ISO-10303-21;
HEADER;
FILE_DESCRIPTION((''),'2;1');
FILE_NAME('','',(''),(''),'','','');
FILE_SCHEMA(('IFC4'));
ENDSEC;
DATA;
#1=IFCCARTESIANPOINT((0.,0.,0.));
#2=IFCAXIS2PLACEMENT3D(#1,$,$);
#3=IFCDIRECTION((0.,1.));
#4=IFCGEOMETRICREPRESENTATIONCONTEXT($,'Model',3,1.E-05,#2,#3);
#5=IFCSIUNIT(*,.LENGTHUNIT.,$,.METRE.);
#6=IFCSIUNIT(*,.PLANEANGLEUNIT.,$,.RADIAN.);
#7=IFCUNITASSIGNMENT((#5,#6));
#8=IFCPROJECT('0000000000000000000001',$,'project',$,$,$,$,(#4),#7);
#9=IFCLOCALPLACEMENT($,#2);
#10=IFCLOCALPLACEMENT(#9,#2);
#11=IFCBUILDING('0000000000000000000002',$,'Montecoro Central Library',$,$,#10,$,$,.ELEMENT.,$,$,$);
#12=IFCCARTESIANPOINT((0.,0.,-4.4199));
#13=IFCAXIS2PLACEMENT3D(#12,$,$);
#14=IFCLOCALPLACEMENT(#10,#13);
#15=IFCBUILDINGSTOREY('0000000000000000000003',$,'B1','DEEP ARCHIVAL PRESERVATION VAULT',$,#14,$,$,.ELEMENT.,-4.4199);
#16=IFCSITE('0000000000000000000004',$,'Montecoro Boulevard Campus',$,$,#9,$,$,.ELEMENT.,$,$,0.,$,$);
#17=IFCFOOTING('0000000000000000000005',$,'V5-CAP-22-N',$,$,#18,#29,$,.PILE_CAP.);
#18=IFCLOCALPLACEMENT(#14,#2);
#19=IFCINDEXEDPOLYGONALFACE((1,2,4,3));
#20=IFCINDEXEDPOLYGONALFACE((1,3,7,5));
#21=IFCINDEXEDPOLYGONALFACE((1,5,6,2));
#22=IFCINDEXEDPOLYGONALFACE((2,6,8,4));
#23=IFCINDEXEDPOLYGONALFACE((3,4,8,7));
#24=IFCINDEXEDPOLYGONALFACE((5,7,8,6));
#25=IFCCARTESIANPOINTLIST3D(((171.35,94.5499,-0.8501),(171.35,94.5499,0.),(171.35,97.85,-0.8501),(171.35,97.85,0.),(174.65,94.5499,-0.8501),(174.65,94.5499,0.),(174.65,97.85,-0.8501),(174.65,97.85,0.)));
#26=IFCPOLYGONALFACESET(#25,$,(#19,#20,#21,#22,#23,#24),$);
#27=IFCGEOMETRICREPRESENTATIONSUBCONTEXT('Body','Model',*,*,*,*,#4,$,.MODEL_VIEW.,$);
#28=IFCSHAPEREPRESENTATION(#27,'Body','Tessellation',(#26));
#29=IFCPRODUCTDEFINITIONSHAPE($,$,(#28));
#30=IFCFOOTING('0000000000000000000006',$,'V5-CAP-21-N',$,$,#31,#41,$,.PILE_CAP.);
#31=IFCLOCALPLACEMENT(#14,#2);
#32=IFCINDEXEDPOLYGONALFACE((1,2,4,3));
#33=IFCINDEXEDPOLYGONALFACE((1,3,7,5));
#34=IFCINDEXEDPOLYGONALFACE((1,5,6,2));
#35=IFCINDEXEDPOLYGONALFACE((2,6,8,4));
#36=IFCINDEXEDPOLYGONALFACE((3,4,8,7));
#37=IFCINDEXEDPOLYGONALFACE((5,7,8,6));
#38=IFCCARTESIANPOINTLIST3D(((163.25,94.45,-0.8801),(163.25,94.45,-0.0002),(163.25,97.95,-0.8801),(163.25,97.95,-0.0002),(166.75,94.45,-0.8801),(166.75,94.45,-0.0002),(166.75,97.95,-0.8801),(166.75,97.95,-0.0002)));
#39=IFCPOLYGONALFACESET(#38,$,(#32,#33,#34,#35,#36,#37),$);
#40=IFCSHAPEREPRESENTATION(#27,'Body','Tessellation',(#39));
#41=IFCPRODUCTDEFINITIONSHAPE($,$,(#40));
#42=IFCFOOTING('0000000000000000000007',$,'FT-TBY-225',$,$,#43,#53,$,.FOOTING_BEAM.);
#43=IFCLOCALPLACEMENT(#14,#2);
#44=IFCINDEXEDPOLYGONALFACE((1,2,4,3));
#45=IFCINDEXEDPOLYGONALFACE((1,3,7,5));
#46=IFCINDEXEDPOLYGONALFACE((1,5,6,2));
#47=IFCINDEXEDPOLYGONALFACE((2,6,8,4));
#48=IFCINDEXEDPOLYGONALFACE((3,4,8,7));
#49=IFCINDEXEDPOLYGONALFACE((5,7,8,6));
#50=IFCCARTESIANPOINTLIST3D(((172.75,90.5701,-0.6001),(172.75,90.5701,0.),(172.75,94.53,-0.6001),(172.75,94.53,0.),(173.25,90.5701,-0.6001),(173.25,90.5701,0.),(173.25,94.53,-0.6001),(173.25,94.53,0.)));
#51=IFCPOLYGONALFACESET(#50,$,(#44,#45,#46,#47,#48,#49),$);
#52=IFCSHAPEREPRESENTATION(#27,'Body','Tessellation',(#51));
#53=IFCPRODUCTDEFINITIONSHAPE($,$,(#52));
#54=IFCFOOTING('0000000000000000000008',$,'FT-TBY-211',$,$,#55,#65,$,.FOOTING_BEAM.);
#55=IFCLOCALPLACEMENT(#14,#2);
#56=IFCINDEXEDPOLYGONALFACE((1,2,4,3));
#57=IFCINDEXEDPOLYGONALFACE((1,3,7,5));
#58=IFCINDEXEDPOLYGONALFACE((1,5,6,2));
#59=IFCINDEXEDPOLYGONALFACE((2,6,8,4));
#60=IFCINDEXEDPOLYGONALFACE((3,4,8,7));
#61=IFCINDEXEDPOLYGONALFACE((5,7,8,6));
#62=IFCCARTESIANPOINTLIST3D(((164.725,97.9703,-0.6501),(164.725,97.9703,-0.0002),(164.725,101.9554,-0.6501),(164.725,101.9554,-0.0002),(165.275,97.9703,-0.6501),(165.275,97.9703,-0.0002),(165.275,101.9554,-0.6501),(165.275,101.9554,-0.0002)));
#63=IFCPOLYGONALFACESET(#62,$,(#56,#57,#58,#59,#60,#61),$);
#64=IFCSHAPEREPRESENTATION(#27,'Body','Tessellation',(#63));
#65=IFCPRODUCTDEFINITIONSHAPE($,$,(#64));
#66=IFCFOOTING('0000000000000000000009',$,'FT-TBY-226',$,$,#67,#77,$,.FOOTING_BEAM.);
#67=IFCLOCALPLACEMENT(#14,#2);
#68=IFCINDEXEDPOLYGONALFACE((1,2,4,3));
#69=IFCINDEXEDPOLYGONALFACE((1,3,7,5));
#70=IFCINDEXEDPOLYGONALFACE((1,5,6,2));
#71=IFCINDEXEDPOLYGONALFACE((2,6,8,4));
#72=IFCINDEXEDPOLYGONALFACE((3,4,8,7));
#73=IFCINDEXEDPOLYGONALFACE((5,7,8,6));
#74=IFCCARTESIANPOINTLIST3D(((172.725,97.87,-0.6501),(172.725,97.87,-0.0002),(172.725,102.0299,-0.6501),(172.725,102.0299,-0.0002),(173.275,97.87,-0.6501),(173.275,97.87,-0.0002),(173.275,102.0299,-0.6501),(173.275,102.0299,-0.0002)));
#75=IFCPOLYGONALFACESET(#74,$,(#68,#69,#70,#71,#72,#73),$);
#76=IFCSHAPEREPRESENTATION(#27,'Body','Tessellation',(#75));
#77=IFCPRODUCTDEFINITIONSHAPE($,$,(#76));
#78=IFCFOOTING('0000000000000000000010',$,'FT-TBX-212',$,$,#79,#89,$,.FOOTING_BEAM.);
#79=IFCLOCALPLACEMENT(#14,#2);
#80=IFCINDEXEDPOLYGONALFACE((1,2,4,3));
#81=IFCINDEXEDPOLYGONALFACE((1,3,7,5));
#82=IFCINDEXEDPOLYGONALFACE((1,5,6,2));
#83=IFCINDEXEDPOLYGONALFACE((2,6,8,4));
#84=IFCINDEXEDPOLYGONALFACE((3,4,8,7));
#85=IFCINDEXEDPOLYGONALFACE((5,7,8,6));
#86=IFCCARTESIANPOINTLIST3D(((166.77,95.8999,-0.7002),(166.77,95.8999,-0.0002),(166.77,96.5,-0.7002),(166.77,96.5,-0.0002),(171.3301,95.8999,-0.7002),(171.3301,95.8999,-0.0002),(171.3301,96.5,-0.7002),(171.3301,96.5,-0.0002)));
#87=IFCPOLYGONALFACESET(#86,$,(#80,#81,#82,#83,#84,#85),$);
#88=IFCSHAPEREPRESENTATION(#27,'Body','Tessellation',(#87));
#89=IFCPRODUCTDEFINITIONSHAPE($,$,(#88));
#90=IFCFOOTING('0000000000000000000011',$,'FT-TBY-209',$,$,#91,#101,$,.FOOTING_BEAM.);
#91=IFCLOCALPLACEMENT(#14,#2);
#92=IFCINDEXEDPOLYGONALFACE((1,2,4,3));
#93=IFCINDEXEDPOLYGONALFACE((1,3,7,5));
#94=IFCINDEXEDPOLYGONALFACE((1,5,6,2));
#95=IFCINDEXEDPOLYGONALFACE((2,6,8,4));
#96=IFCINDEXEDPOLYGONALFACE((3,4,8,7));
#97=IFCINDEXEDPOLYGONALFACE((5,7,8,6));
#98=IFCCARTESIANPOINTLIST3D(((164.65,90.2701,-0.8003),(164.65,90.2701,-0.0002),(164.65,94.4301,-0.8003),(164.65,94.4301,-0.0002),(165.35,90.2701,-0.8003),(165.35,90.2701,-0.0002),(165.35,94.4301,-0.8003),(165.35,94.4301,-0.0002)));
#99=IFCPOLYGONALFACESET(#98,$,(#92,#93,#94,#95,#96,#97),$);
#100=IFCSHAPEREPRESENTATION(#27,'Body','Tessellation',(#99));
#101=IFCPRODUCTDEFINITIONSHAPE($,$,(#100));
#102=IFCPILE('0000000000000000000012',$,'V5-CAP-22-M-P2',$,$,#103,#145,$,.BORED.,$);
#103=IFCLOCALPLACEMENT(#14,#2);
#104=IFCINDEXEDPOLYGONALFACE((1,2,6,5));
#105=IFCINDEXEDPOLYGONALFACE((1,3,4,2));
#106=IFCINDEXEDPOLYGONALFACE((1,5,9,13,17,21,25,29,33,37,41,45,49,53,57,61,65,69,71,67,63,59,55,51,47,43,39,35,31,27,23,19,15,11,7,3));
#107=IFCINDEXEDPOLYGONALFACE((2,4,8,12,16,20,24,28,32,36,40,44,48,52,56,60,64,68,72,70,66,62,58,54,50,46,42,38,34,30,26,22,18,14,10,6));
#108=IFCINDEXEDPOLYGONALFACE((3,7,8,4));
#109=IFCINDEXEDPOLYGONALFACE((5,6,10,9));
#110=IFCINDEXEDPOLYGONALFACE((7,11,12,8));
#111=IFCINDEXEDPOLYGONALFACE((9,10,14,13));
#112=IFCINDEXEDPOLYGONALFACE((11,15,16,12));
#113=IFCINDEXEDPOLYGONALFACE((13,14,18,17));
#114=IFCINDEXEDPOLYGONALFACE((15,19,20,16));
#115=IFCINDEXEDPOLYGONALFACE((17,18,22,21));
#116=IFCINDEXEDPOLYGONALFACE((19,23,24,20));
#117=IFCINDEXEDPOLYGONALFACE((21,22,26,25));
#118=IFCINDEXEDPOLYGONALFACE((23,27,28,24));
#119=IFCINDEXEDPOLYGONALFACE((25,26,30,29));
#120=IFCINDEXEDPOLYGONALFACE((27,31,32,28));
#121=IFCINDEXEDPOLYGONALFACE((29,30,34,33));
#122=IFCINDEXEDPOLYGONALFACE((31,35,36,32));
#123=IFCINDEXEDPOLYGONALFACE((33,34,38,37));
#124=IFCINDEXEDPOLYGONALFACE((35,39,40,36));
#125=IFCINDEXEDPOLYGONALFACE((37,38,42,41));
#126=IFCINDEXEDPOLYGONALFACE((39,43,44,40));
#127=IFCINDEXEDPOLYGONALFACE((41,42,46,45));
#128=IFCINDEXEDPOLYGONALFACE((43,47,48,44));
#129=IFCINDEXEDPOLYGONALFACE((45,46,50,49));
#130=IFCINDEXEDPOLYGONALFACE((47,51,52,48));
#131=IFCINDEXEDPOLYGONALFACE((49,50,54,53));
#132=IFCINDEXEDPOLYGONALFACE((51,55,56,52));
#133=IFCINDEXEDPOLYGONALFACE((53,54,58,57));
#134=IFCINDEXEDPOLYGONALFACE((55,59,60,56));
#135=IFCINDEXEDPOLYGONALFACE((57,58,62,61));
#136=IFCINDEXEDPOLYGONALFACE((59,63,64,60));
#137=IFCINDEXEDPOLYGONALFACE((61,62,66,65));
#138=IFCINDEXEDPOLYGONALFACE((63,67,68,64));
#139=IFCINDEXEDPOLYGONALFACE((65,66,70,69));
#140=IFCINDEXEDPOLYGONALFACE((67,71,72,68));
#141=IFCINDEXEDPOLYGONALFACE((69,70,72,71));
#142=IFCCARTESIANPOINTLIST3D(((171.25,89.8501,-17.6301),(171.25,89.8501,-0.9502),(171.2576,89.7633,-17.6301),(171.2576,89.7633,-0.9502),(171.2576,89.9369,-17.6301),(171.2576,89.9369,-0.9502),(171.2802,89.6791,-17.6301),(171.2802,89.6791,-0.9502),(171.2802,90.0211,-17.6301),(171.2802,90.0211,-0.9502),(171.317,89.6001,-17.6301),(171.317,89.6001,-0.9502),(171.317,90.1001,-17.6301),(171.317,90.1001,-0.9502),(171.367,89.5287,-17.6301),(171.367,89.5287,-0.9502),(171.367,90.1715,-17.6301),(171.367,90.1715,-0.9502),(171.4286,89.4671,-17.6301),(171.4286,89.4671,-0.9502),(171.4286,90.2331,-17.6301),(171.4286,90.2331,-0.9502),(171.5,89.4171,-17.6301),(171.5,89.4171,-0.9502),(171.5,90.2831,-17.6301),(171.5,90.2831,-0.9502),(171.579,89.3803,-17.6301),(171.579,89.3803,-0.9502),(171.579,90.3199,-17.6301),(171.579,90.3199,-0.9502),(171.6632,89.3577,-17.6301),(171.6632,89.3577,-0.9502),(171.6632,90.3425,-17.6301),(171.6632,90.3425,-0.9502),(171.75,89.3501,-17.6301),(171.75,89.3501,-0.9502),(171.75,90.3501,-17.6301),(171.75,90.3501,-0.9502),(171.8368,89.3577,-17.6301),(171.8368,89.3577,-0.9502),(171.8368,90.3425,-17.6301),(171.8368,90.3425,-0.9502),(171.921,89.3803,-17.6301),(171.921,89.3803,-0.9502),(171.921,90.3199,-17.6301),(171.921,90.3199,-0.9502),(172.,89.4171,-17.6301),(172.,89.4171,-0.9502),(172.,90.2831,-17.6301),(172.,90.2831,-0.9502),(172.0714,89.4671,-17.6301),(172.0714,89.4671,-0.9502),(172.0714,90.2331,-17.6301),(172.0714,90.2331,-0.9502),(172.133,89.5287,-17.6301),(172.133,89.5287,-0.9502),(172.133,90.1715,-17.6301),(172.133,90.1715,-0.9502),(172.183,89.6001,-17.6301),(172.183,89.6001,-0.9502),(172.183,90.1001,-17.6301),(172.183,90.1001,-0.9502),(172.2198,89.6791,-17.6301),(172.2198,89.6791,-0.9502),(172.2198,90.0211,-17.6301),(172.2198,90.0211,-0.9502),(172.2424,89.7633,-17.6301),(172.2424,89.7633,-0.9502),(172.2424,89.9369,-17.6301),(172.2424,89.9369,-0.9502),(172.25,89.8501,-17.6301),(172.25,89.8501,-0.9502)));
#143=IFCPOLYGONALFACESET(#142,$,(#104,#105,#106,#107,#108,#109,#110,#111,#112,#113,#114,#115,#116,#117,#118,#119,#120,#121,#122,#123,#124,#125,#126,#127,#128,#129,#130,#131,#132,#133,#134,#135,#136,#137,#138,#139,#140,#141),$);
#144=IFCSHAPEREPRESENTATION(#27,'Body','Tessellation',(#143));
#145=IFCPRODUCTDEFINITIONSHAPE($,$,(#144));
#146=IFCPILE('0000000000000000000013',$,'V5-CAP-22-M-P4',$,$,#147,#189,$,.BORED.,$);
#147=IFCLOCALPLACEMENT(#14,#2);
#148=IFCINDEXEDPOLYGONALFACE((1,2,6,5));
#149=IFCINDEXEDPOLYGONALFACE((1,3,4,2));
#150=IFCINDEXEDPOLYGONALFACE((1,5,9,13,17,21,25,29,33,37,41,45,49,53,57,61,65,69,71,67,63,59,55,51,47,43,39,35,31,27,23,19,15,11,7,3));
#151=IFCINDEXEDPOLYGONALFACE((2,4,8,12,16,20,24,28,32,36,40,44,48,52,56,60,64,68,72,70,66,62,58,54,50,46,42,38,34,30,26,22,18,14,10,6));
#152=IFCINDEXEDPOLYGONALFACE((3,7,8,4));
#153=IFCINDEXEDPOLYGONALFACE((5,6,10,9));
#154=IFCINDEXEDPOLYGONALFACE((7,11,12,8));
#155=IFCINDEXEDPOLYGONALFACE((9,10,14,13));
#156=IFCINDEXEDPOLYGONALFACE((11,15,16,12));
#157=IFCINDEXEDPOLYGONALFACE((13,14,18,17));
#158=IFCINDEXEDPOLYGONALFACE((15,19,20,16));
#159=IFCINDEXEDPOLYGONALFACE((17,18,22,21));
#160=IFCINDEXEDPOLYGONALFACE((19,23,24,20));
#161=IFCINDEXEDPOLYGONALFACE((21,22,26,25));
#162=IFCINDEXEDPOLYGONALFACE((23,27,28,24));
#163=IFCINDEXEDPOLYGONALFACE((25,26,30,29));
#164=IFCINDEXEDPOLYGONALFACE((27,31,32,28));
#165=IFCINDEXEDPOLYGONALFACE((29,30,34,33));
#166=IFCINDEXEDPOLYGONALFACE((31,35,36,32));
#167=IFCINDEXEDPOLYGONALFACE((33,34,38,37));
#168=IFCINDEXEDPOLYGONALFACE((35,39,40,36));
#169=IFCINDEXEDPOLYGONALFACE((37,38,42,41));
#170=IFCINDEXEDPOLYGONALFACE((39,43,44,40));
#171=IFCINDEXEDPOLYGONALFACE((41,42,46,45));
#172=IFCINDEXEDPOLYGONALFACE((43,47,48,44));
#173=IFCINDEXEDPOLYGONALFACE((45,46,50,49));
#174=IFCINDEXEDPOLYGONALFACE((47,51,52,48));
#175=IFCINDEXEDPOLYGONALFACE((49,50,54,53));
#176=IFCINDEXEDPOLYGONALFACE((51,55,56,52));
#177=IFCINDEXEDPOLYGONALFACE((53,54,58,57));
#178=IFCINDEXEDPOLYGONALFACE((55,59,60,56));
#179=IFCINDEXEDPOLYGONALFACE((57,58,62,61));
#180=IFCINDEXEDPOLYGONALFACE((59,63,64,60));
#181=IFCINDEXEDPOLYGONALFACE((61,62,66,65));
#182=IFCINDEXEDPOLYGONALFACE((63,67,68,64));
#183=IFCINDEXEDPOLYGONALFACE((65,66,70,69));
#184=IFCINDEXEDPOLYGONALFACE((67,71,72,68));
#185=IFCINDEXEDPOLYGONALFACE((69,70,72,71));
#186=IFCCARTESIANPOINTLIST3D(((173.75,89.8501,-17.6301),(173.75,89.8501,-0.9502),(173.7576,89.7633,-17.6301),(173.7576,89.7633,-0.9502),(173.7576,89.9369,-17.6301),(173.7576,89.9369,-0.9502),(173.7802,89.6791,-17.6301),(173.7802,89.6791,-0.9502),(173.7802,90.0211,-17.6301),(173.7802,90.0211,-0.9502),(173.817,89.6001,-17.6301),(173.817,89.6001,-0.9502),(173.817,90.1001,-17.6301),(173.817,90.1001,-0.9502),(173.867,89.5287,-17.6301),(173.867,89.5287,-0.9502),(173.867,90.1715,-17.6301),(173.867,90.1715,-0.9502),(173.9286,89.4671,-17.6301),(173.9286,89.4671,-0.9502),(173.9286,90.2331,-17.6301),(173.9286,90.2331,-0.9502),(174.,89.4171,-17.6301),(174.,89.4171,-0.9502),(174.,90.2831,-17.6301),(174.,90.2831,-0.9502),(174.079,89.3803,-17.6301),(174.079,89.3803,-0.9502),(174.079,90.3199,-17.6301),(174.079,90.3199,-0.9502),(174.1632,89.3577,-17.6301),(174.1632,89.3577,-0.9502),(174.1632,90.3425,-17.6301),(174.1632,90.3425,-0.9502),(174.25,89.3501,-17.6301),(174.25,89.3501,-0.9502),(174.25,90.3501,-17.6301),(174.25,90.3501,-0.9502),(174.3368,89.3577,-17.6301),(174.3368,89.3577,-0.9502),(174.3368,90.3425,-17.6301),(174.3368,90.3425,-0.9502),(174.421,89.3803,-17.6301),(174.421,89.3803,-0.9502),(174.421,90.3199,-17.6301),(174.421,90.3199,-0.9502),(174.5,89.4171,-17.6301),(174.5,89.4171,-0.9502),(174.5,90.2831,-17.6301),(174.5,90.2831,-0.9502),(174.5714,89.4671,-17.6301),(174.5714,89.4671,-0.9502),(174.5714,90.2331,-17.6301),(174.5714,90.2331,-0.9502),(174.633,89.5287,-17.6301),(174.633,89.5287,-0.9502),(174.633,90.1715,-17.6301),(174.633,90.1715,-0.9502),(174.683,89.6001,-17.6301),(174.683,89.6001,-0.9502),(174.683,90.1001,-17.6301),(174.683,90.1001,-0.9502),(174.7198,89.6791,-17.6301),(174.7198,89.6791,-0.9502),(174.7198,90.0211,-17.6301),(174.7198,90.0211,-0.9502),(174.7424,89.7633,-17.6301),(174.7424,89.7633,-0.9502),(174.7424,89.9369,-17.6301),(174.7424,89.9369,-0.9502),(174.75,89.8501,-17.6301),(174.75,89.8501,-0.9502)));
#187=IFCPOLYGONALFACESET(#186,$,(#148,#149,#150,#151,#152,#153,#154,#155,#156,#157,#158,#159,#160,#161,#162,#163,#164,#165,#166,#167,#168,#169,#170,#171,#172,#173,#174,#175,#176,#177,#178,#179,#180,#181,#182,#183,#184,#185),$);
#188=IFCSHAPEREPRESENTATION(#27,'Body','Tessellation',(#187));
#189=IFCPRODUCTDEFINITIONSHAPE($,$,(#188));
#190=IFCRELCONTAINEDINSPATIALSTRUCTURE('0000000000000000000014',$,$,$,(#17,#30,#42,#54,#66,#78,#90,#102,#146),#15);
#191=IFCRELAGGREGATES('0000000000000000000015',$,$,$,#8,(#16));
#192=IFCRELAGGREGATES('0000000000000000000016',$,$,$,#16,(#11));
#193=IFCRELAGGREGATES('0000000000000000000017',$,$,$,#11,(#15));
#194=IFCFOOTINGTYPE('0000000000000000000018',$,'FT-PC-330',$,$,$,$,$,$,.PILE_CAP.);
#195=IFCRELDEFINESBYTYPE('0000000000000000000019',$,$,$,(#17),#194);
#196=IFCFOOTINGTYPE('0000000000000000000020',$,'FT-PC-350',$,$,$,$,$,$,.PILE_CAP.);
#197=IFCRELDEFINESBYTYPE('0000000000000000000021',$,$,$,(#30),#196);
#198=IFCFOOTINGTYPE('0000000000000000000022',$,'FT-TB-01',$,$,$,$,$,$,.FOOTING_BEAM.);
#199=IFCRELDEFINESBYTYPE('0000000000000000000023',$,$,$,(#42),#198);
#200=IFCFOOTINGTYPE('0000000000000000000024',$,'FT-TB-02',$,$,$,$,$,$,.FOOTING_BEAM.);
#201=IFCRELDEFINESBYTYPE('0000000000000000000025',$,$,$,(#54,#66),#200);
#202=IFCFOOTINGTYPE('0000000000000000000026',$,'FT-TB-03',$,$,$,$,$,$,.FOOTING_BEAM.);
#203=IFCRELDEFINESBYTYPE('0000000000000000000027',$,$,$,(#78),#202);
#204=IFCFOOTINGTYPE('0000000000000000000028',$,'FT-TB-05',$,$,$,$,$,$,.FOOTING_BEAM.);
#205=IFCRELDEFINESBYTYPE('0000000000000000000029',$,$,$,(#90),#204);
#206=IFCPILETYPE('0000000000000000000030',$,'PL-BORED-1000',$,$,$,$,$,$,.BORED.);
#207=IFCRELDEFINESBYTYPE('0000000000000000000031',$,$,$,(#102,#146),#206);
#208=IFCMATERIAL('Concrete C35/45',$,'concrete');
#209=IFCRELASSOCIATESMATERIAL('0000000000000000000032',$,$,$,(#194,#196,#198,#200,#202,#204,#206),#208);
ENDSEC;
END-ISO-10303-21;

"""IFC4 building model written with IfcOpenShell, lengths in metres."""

from ifc_helpers import new_model, si_unit, direction, frame, origin, origin_2d, place, context, subcontext, project, spatial, rectangle, circle, extrude, material, material_profile, profile_set, type_object, element, save


model = new_model("IFC4")

# Units and contexts
model_context = context("Model", 3, precision=1e-05, world=origin(), true_north=direction((0.0, 1.0)))
body_context = subcontext(model_context, "Body", "Model", "MODEL_VIEW")
ifc_project = project(units=[si_unit("LENGTHUNIT", "METRE"), si_unit("PLANEANGLEUNIT", "RADIAN")], contexts=[model_context])

# Site, building, storey
site_placement = place(None, origin())
site = spatial("IfcSite", under=ifc_project, at=site_placement, Name="Montecoro Boulevard Campus", CompositionType="ELEMENT", RefElevation=0.0)
building_placement = place(site_placement, origin())
building = spatial("IfcBuilding", under=site, at=building_placement, Name="Montecoro Central Library", CompositionType="ELEMENT")
storey_placement = place(building_placement, frame((0.0, 0.0, -4.4199)))
storey = spatial("IfcBuildingStorey", under=building, at=storey_placement, Name="B1", Description="DEEP ARCHIVAL PRESERVATION VAULT", CompositionType="ELEMENT", Elevation=-4.4199)

# Footings
ifc_material_1 = material(Name="Concrete C35/45", Category="concrete")
footing_type_1 = type_object("IfcFootingType", Name="FT-PC-330", PredefinedType="PILE_CAP", material=ifc_material_1)
footing_1_placement = place(storey_placement, frame((173.0, 96.2, -0.8501), z_axis=(0.0, 0.0, 1.0), x_axis=(1.0, 0.0, 0.0)))
element("IfcFooting", 1, at=footing_1_placement, inside=storey, type_object=footing_type_1, Name="V5-CAP-22-N", PredefinedType="PILE_CAP", context=body_context, shape_type="SweptSolid", body=[
    extrude(rectangle(XDim=3.3, YDim=3.3, at=origin_2d()), origin(), (0.0, 0.0, 1.0), 0.8501),
])
footing_type_2 = type_object("IfcFootingType", Name="FT-PC-350", PredefinedType="PILE_CAP", material=ifc_material_1)
footing_2_placement = place(storey_placement, frame((165.0, 96.2, -0.8801), z_axis=(0.0, 0.0, 1.0), x_axis=(1.0, 0.0, 0.0)))
element("IfcFooting", 2, at=footing_2_placement, inside=storey, type_object=footing_type_2, Name="V5-CAP-21-N", PredefinedType="PILE_CAP", context=body_context, shape_type="SweptSolid", body=[
    extrude(rectangle(XDim=3.5, YDim=3.5, at=origin_2d()), origin(), (0.0, 0.0, 1.0), 0.8799),
])
footing_type_3 = type_object("IfcFootingType", Name="FT-TB-01", PredefinedType="FOOTING_BEAM", material=ifc_material_1)
footing_3_placement = place(storey_placement, frame((173.0, 92.55, -0.6001), z_axis=(0.0, 0.0, 1.0), x_axis=(1.0, 0.0, 0.0)))
element("IfcFooting", 3, at=footing_3_placement, inside=storey, type_object=footing_type_3, Name="FT-TBY-225", PredefinedType="FOOTING_BEAM", context=body_context, shape_type="SweptSolid", body=[
    extrude(rectangle(XDim=0.5, YDim=3.96, at=origin_2d()), origin(), (0.0, 0.0, 1.0), 0.6001),
])
footing_type_4 = type_object("IfcFootingType", Name="FT-TB-02", PredefinedType="FOOTING_BEAM", material=ifc_material_1)
footing_4_placement = place(storey_placement, frame((165.0, 99.9629, -0.6501), z_axis=(0.0, 0.0, 1.0), x_axis=(1.0, 0.0, 0.0)))
element("IfcFooting", 4, at=footing_4_placement, inside=storey, type_object=footing_type_4, Name="FT-TBY-211", PredefinedType="FOOTING_BEAM", context=body_context, shape_type="SweptSolid", body=[
    extrude(rectangle(XDim=0.55, YDim=3.9851, at=origin_2d()), origin(), (0.0, 0.0, 1.0), 0.6499),
])
footing_5_placement = place(storey_placement, frame((173.0, 99.95, -0.6501), z_axis=(0.0, 0.0, 1.0), x_axis=(1.0, 0.0, 0.0)))
element("IfcFooting", 5, at=footing_5_placement, inside=storey, type_object=footing_type_4, Name="FT-TBY-226", PredefinedType="FOOTING_BEAM", context=body_context, shape_type="SweptSolid", body=[
    extrude(rectangle(XDim=0.55, YDim=4.1599, at=origin_2d()), origin(), (0.0, 0.0, 1.0), 0.6499),
])
footing_type_5 = type_object("IfcFootingType", Name="FT-TB-03", PredefinedType="FOOTING_BEAM", material=ifc_material_1)
footing_6_placement = place(storey_placement, frame((169.05, 96.2, -0.7002), z_axis=(0.0, 0.0, 1.0), x_axis=(1.0, 0.0, 0.0)))
element("IfcFooting", 6, at=footing_6_placement, inside=storey, type_object=footing_type_5, Name="FT-TBX-212", PredefinedType="FOOTING_BEAM", context=body_context, shape_type="SweptSolid", body=[
    extrude(rectangle(XDim=4.5601, YDim=0.6001, at=origin_2d()), origin(), (0.0, 0.0, 1.0), 0.7),
])
footing_type_6 = type_object("IfcFootingType", Name="FT-TB-05", PredefinedType="FOOTING_BEAM", material=ifc_material_1)
footing_7_placement = place(storey_placement, frame((165.0, 92.3501, -0.8003), z_axis=(0.0, 0.0, 1.0), x_axis=(1.0, 0.0, 0.0)))
element("IfcFooting", 7, at=footing_7_placement, inside=storey, type_object=footing_type_6, Name="FT-TBY-209", PredefinedType="FOOTING_BEAM", context=body_context, shape_type="SweptSolid", body=[
    extrude(rectangle(XDim=0.7, YDim=4.1599, at=origin_2d()), origin(), (0.0, 0.0, 1.0), 0.8),
])

# Piles
ifc_material_profile_1 = material_profile(ifc_material_1, circle(Radius=0.5, at=origin_2d()), Name="PILE D1000")
ifc_profile_set_1 = profile_set([ifc_material_profile_1], Name="Concrete C35/45")
pile_type_1 = type_object("IfcPileType", Name="PL-BORED-1000", PredefinedType="BORED", material=ifc_profile_set_1)
for number, where, z_axis, x_axis, name in (
    (8, (171.75, 89.8501, -0.9502), (0.0, 0.0, -1.0), (1.0, 0.0, 0.0), "V5-CAP-22-M-P2"),
    (9, (174.25, 89.8501, -0.9502), (0.0, 0.0, -1.0), (1.0, 0.0, 0.0), "V5-CAP-22-M-P4"),
):
    element("IfcPile", number, at=place(storey_placement, frame(where, z_axis=z_axis, x_axis=x_axis)), inside=storey, type_object=pile_type_1, Name=name, PredefinedType="BORED", context=body_context, shape_type="SweptSolid", body=[
        extrude(circle(Radius=0.5, at=origin_2d()), origin(), (0.0, 0.0, 1.0), 16.6799),
    ])

save(model, "model.ifc")
